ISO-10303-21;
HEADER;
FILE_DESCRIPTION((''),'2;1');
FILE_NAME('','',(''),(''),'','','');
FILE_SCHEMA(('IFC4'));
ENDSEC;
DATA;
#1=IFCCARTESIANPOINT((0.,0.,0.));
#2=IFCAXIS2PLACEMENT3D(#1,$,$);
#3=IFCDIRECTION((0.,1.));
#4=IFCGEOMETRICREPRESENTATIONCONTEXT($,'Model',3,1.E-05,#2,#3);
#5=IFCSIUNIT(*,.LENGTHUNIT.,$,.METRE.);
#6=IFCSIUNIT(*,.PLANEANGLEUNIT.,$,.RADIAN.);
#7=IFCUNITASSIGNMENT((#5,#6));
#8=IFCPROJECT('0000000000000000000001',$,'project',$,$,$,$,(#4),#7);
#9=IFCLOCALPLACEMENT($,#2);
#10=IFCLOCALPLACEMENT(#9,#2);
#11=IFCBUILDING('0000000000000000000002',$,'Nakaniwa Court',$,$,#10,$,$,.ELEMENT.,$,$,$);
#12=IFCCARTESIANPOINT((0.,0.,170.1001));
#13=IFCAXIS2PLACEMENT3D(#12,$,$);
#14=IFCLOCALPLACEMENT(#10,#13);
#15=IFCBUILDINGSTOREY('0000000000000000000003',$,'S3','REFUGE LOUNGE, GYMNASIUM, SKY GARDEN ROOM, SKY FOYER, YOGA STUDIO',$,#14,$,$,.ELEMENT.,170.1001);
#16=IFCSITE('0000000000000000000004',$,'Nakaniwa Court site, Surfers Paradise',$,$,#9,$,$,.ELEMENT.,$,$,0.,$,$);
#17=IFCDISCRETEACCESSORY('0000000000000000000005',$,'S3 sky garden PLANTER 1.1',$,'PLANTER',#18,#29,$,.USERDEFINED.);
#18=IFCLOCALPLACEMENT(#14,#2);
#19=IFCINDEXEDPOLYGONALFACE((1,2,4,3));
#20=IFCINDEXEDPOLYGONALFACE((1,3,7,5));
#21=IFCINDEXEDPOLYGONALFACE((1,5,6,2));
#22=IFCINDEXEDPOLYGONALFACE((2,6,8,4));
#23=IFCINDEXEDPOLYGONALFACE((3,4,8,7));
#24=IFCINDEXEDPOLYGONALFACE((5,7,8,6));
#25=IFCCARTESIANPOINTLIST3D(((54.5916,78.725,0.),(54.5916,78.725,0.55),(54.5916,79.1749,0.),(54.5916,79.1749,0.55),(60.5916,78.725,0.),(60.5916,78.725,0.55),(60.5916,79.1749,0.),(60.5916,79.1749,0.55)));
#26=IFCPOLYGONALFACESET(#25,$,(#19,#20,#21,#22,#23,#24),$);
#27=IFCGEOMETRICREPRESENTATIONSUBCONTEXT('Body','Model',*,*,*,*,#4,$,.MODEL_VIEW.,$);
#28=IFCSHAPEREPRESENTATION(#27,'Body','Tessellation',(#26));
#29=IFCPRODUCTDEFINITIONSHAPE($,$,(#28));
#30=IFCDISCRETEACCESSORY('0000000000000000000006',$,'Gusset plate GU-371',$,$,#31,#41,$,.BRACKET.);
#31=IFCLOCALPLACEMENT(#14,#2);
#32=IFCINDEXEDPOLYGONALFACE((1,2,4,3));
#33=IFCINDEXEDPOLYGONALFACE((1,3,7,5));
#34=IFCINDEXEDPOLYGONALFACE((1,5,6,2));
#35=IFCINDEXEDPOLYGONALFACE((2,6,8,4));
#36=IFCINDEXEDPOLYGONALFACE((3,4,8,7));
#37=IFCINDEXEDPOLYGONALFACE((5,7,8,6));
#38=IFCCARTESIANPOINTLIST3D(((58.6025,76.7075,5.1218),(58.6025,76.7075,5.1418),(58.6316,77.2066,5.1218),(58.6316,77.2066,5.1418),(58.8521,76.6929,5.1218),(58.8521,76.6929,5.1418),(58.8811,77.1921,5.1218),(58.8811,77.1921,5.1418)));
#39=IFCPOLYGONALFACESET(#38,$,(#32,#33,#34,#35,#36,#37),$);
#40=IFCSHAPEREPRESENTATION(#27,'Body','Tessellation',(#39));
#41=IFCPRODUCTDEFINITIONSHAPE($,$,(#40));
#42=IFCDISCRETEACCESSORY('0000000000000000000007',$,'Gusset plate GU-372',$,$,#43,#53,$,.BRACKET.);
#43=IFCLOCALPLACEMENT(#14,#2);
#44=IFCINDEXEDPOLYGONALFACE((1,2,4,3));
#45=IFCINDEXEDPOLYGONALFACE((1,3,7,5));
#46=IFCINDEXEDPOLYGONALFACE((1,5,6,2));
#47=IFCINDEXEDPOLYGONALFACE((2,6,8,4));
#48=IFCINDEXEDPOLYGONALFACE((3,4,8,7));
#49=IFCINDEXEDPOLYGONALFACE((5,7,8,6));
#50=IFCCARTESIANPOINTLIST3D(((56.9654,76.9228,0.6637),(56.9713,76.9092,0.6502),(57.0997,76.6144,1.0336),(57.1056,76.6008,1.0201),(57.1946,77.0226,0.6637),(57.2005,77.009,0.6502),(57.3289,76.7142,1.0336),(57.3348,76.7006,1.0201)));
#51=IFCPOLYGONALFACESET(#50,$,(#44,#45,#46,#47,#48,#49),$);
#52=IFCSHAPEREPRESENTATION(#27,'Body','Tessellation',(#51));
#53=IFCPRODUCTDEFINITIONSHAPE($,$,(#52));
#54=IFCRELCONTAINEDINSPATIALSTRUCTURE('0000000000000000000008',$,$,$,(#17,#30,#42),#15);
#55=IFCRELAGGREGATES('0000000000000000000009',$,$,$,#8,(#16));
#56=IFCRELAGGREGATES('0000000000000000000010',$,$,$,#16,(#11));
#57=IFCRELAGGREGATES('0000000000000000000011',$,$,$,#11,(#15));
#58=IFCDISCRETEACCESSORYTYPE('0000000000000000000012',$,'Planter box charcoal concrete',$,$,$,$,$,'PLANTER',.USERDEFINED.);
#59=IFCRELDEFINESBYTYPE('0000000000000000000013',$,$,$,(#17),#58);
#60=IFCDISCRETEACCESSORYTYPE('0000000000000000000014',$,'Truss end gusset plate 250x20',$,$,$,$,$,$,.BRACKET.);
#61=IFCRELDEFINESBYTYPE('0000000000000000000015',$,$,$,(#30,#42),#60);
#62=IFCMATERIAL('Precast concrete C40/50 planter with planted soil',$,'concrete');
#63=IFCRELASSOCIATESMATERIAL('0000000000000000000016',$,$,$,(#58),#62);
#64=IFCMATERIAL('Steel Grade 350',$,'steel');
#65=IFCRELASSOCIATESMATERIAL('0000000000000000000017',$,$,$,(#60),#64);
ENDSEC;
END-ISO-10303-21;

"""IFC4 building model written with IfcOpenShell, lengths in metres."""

from ifc_helpers import new_model, si_unit, direction, frame, origin, origin_2d, place, context, subcontext, project, spatial, rectangle, extrude, material, material_profile, profile_set, type_object, element, save


model = new_model("IFC4")

# Units and contexts
model_context = context("Model", 3, precision=1e-05, world=origin(), true_north=direction((0.0, 1.0)))
body_context = subcontext(model_context, "Body", "Model", "MODEL_VIEW")
ifc_project = project(units=[si_unit("LENGTHUNIT", "METRE"), si_unit("PLANEANGLEUNIT", "RADIAN")], contexts=[model_context])

# Site, building, storey
site_placement = place(None, origin())
site = spatial("IfcSite", under=ifc_project, at=site_placement, Name="Nakaniwa Court site, Surfers Paradise", CompositionType="ELEMENT", RefElevation=0.0)
building_placement = place(site_placement, origin())
building = spatial("IfcBuilding", under=site, at=building_placement, Name="Nakaniwa Court", CompositionType="ELEMENT")
storey_placement = place(building_placement, frame((0.0, 0.0, 170.1001)))
storey = spatial("IfcBuildingStorey", under=building, at=storey_placement, Name="S3", Description="REFUGE LOUNGE, GYMNASIUM, SKY GARDEN ROOM, SKY FOYER, YOGA STUDIO", CompositionType="ELEMENT", Elevation=170.1001)

# Shared definitions
ifc_material_1 = material(Name="Steel Grade 350", Category="steel")

# Discrete accessories
ifc_material_2 = material(Name="Precast concrete C40/50 planter with planted soil", Category="concrete")
discrete_accessory_type_1 = type_object("IfcDiscreteAccessoryType", Name="Planter box charcoal concrete", ElementType="PLANTER", PredefinedType="USERDEFINED", material=ifc_material_2)
discrete_accessory_placement = place(storey_placement, frame((57.5916, 78.95, 0.0), z_axis=(0.0, 0.0, 1.0), x_axis=(1.0, 0.0, 0.0)))
element("IfcDiscreteAccessory", 1, at=discrete_accessory_placement, inside=storey, type_object=discrete_accessory_type_1, Name="S3 sky garden PLANTER 1.1", ObjectType="PLANTER", PredefinedType="USERDEFINED", context=body_context, shape_type="SweptSolid", body=[
    extrude(rectangle(XDim=6.0, YDim=0.45, at=origin_2d()), origin(), (0.0, 0.0, 1.0), 0.55),
])
ifc_material_profile_1 = material_profile(ifc_material_1, rectangle(XDim=0.25, YDim=0.02, at=origin_2d()), Name="Truss end gusset plate 250x20")
ifc_profile_set_1 = profile_set([ifc_material_profile_1], Name="Steel Grade 350")
discrete_accessory_type_2 = type_object("IfcDiscreteAccessoryType", Name="Truss end gusset plate 250x20", PredefinedType="BRACKET", material=ifc_profile_set_1)
for number, where, z_axis, x_axis, name in (
    (2, (58.7273, 76.7002, 5.1318), (0.058092, 0.998311, 0.0), (-0.998311, 0.058092, 0.0), "Gusset plate GU-371"),
    (3, (57.2173, 76.6575, 1.0269), (-0.2686, 0.616803, -0.73987), (-0.916839, -0.399257, 0.0), "Gusset plate GU-372"),
):
    element("IfcDiscreteAccessory", number, at=place(storey_placement, frame(where, z_axis=z_axis, x_axis=x_axis)), inside=storey, type_object=discrete_accessory_type_2, Name=name, PredefinedType="BRACKET", context=body_context, shape_type="SweptSolid", body=[
        extrude(rectangle(XDim=0.25, YDim=0.02, at=origin_2d()), origin(), (0.0, 0.0, 1.0), 0.5),
    ])

save(model, "model.ifc")
